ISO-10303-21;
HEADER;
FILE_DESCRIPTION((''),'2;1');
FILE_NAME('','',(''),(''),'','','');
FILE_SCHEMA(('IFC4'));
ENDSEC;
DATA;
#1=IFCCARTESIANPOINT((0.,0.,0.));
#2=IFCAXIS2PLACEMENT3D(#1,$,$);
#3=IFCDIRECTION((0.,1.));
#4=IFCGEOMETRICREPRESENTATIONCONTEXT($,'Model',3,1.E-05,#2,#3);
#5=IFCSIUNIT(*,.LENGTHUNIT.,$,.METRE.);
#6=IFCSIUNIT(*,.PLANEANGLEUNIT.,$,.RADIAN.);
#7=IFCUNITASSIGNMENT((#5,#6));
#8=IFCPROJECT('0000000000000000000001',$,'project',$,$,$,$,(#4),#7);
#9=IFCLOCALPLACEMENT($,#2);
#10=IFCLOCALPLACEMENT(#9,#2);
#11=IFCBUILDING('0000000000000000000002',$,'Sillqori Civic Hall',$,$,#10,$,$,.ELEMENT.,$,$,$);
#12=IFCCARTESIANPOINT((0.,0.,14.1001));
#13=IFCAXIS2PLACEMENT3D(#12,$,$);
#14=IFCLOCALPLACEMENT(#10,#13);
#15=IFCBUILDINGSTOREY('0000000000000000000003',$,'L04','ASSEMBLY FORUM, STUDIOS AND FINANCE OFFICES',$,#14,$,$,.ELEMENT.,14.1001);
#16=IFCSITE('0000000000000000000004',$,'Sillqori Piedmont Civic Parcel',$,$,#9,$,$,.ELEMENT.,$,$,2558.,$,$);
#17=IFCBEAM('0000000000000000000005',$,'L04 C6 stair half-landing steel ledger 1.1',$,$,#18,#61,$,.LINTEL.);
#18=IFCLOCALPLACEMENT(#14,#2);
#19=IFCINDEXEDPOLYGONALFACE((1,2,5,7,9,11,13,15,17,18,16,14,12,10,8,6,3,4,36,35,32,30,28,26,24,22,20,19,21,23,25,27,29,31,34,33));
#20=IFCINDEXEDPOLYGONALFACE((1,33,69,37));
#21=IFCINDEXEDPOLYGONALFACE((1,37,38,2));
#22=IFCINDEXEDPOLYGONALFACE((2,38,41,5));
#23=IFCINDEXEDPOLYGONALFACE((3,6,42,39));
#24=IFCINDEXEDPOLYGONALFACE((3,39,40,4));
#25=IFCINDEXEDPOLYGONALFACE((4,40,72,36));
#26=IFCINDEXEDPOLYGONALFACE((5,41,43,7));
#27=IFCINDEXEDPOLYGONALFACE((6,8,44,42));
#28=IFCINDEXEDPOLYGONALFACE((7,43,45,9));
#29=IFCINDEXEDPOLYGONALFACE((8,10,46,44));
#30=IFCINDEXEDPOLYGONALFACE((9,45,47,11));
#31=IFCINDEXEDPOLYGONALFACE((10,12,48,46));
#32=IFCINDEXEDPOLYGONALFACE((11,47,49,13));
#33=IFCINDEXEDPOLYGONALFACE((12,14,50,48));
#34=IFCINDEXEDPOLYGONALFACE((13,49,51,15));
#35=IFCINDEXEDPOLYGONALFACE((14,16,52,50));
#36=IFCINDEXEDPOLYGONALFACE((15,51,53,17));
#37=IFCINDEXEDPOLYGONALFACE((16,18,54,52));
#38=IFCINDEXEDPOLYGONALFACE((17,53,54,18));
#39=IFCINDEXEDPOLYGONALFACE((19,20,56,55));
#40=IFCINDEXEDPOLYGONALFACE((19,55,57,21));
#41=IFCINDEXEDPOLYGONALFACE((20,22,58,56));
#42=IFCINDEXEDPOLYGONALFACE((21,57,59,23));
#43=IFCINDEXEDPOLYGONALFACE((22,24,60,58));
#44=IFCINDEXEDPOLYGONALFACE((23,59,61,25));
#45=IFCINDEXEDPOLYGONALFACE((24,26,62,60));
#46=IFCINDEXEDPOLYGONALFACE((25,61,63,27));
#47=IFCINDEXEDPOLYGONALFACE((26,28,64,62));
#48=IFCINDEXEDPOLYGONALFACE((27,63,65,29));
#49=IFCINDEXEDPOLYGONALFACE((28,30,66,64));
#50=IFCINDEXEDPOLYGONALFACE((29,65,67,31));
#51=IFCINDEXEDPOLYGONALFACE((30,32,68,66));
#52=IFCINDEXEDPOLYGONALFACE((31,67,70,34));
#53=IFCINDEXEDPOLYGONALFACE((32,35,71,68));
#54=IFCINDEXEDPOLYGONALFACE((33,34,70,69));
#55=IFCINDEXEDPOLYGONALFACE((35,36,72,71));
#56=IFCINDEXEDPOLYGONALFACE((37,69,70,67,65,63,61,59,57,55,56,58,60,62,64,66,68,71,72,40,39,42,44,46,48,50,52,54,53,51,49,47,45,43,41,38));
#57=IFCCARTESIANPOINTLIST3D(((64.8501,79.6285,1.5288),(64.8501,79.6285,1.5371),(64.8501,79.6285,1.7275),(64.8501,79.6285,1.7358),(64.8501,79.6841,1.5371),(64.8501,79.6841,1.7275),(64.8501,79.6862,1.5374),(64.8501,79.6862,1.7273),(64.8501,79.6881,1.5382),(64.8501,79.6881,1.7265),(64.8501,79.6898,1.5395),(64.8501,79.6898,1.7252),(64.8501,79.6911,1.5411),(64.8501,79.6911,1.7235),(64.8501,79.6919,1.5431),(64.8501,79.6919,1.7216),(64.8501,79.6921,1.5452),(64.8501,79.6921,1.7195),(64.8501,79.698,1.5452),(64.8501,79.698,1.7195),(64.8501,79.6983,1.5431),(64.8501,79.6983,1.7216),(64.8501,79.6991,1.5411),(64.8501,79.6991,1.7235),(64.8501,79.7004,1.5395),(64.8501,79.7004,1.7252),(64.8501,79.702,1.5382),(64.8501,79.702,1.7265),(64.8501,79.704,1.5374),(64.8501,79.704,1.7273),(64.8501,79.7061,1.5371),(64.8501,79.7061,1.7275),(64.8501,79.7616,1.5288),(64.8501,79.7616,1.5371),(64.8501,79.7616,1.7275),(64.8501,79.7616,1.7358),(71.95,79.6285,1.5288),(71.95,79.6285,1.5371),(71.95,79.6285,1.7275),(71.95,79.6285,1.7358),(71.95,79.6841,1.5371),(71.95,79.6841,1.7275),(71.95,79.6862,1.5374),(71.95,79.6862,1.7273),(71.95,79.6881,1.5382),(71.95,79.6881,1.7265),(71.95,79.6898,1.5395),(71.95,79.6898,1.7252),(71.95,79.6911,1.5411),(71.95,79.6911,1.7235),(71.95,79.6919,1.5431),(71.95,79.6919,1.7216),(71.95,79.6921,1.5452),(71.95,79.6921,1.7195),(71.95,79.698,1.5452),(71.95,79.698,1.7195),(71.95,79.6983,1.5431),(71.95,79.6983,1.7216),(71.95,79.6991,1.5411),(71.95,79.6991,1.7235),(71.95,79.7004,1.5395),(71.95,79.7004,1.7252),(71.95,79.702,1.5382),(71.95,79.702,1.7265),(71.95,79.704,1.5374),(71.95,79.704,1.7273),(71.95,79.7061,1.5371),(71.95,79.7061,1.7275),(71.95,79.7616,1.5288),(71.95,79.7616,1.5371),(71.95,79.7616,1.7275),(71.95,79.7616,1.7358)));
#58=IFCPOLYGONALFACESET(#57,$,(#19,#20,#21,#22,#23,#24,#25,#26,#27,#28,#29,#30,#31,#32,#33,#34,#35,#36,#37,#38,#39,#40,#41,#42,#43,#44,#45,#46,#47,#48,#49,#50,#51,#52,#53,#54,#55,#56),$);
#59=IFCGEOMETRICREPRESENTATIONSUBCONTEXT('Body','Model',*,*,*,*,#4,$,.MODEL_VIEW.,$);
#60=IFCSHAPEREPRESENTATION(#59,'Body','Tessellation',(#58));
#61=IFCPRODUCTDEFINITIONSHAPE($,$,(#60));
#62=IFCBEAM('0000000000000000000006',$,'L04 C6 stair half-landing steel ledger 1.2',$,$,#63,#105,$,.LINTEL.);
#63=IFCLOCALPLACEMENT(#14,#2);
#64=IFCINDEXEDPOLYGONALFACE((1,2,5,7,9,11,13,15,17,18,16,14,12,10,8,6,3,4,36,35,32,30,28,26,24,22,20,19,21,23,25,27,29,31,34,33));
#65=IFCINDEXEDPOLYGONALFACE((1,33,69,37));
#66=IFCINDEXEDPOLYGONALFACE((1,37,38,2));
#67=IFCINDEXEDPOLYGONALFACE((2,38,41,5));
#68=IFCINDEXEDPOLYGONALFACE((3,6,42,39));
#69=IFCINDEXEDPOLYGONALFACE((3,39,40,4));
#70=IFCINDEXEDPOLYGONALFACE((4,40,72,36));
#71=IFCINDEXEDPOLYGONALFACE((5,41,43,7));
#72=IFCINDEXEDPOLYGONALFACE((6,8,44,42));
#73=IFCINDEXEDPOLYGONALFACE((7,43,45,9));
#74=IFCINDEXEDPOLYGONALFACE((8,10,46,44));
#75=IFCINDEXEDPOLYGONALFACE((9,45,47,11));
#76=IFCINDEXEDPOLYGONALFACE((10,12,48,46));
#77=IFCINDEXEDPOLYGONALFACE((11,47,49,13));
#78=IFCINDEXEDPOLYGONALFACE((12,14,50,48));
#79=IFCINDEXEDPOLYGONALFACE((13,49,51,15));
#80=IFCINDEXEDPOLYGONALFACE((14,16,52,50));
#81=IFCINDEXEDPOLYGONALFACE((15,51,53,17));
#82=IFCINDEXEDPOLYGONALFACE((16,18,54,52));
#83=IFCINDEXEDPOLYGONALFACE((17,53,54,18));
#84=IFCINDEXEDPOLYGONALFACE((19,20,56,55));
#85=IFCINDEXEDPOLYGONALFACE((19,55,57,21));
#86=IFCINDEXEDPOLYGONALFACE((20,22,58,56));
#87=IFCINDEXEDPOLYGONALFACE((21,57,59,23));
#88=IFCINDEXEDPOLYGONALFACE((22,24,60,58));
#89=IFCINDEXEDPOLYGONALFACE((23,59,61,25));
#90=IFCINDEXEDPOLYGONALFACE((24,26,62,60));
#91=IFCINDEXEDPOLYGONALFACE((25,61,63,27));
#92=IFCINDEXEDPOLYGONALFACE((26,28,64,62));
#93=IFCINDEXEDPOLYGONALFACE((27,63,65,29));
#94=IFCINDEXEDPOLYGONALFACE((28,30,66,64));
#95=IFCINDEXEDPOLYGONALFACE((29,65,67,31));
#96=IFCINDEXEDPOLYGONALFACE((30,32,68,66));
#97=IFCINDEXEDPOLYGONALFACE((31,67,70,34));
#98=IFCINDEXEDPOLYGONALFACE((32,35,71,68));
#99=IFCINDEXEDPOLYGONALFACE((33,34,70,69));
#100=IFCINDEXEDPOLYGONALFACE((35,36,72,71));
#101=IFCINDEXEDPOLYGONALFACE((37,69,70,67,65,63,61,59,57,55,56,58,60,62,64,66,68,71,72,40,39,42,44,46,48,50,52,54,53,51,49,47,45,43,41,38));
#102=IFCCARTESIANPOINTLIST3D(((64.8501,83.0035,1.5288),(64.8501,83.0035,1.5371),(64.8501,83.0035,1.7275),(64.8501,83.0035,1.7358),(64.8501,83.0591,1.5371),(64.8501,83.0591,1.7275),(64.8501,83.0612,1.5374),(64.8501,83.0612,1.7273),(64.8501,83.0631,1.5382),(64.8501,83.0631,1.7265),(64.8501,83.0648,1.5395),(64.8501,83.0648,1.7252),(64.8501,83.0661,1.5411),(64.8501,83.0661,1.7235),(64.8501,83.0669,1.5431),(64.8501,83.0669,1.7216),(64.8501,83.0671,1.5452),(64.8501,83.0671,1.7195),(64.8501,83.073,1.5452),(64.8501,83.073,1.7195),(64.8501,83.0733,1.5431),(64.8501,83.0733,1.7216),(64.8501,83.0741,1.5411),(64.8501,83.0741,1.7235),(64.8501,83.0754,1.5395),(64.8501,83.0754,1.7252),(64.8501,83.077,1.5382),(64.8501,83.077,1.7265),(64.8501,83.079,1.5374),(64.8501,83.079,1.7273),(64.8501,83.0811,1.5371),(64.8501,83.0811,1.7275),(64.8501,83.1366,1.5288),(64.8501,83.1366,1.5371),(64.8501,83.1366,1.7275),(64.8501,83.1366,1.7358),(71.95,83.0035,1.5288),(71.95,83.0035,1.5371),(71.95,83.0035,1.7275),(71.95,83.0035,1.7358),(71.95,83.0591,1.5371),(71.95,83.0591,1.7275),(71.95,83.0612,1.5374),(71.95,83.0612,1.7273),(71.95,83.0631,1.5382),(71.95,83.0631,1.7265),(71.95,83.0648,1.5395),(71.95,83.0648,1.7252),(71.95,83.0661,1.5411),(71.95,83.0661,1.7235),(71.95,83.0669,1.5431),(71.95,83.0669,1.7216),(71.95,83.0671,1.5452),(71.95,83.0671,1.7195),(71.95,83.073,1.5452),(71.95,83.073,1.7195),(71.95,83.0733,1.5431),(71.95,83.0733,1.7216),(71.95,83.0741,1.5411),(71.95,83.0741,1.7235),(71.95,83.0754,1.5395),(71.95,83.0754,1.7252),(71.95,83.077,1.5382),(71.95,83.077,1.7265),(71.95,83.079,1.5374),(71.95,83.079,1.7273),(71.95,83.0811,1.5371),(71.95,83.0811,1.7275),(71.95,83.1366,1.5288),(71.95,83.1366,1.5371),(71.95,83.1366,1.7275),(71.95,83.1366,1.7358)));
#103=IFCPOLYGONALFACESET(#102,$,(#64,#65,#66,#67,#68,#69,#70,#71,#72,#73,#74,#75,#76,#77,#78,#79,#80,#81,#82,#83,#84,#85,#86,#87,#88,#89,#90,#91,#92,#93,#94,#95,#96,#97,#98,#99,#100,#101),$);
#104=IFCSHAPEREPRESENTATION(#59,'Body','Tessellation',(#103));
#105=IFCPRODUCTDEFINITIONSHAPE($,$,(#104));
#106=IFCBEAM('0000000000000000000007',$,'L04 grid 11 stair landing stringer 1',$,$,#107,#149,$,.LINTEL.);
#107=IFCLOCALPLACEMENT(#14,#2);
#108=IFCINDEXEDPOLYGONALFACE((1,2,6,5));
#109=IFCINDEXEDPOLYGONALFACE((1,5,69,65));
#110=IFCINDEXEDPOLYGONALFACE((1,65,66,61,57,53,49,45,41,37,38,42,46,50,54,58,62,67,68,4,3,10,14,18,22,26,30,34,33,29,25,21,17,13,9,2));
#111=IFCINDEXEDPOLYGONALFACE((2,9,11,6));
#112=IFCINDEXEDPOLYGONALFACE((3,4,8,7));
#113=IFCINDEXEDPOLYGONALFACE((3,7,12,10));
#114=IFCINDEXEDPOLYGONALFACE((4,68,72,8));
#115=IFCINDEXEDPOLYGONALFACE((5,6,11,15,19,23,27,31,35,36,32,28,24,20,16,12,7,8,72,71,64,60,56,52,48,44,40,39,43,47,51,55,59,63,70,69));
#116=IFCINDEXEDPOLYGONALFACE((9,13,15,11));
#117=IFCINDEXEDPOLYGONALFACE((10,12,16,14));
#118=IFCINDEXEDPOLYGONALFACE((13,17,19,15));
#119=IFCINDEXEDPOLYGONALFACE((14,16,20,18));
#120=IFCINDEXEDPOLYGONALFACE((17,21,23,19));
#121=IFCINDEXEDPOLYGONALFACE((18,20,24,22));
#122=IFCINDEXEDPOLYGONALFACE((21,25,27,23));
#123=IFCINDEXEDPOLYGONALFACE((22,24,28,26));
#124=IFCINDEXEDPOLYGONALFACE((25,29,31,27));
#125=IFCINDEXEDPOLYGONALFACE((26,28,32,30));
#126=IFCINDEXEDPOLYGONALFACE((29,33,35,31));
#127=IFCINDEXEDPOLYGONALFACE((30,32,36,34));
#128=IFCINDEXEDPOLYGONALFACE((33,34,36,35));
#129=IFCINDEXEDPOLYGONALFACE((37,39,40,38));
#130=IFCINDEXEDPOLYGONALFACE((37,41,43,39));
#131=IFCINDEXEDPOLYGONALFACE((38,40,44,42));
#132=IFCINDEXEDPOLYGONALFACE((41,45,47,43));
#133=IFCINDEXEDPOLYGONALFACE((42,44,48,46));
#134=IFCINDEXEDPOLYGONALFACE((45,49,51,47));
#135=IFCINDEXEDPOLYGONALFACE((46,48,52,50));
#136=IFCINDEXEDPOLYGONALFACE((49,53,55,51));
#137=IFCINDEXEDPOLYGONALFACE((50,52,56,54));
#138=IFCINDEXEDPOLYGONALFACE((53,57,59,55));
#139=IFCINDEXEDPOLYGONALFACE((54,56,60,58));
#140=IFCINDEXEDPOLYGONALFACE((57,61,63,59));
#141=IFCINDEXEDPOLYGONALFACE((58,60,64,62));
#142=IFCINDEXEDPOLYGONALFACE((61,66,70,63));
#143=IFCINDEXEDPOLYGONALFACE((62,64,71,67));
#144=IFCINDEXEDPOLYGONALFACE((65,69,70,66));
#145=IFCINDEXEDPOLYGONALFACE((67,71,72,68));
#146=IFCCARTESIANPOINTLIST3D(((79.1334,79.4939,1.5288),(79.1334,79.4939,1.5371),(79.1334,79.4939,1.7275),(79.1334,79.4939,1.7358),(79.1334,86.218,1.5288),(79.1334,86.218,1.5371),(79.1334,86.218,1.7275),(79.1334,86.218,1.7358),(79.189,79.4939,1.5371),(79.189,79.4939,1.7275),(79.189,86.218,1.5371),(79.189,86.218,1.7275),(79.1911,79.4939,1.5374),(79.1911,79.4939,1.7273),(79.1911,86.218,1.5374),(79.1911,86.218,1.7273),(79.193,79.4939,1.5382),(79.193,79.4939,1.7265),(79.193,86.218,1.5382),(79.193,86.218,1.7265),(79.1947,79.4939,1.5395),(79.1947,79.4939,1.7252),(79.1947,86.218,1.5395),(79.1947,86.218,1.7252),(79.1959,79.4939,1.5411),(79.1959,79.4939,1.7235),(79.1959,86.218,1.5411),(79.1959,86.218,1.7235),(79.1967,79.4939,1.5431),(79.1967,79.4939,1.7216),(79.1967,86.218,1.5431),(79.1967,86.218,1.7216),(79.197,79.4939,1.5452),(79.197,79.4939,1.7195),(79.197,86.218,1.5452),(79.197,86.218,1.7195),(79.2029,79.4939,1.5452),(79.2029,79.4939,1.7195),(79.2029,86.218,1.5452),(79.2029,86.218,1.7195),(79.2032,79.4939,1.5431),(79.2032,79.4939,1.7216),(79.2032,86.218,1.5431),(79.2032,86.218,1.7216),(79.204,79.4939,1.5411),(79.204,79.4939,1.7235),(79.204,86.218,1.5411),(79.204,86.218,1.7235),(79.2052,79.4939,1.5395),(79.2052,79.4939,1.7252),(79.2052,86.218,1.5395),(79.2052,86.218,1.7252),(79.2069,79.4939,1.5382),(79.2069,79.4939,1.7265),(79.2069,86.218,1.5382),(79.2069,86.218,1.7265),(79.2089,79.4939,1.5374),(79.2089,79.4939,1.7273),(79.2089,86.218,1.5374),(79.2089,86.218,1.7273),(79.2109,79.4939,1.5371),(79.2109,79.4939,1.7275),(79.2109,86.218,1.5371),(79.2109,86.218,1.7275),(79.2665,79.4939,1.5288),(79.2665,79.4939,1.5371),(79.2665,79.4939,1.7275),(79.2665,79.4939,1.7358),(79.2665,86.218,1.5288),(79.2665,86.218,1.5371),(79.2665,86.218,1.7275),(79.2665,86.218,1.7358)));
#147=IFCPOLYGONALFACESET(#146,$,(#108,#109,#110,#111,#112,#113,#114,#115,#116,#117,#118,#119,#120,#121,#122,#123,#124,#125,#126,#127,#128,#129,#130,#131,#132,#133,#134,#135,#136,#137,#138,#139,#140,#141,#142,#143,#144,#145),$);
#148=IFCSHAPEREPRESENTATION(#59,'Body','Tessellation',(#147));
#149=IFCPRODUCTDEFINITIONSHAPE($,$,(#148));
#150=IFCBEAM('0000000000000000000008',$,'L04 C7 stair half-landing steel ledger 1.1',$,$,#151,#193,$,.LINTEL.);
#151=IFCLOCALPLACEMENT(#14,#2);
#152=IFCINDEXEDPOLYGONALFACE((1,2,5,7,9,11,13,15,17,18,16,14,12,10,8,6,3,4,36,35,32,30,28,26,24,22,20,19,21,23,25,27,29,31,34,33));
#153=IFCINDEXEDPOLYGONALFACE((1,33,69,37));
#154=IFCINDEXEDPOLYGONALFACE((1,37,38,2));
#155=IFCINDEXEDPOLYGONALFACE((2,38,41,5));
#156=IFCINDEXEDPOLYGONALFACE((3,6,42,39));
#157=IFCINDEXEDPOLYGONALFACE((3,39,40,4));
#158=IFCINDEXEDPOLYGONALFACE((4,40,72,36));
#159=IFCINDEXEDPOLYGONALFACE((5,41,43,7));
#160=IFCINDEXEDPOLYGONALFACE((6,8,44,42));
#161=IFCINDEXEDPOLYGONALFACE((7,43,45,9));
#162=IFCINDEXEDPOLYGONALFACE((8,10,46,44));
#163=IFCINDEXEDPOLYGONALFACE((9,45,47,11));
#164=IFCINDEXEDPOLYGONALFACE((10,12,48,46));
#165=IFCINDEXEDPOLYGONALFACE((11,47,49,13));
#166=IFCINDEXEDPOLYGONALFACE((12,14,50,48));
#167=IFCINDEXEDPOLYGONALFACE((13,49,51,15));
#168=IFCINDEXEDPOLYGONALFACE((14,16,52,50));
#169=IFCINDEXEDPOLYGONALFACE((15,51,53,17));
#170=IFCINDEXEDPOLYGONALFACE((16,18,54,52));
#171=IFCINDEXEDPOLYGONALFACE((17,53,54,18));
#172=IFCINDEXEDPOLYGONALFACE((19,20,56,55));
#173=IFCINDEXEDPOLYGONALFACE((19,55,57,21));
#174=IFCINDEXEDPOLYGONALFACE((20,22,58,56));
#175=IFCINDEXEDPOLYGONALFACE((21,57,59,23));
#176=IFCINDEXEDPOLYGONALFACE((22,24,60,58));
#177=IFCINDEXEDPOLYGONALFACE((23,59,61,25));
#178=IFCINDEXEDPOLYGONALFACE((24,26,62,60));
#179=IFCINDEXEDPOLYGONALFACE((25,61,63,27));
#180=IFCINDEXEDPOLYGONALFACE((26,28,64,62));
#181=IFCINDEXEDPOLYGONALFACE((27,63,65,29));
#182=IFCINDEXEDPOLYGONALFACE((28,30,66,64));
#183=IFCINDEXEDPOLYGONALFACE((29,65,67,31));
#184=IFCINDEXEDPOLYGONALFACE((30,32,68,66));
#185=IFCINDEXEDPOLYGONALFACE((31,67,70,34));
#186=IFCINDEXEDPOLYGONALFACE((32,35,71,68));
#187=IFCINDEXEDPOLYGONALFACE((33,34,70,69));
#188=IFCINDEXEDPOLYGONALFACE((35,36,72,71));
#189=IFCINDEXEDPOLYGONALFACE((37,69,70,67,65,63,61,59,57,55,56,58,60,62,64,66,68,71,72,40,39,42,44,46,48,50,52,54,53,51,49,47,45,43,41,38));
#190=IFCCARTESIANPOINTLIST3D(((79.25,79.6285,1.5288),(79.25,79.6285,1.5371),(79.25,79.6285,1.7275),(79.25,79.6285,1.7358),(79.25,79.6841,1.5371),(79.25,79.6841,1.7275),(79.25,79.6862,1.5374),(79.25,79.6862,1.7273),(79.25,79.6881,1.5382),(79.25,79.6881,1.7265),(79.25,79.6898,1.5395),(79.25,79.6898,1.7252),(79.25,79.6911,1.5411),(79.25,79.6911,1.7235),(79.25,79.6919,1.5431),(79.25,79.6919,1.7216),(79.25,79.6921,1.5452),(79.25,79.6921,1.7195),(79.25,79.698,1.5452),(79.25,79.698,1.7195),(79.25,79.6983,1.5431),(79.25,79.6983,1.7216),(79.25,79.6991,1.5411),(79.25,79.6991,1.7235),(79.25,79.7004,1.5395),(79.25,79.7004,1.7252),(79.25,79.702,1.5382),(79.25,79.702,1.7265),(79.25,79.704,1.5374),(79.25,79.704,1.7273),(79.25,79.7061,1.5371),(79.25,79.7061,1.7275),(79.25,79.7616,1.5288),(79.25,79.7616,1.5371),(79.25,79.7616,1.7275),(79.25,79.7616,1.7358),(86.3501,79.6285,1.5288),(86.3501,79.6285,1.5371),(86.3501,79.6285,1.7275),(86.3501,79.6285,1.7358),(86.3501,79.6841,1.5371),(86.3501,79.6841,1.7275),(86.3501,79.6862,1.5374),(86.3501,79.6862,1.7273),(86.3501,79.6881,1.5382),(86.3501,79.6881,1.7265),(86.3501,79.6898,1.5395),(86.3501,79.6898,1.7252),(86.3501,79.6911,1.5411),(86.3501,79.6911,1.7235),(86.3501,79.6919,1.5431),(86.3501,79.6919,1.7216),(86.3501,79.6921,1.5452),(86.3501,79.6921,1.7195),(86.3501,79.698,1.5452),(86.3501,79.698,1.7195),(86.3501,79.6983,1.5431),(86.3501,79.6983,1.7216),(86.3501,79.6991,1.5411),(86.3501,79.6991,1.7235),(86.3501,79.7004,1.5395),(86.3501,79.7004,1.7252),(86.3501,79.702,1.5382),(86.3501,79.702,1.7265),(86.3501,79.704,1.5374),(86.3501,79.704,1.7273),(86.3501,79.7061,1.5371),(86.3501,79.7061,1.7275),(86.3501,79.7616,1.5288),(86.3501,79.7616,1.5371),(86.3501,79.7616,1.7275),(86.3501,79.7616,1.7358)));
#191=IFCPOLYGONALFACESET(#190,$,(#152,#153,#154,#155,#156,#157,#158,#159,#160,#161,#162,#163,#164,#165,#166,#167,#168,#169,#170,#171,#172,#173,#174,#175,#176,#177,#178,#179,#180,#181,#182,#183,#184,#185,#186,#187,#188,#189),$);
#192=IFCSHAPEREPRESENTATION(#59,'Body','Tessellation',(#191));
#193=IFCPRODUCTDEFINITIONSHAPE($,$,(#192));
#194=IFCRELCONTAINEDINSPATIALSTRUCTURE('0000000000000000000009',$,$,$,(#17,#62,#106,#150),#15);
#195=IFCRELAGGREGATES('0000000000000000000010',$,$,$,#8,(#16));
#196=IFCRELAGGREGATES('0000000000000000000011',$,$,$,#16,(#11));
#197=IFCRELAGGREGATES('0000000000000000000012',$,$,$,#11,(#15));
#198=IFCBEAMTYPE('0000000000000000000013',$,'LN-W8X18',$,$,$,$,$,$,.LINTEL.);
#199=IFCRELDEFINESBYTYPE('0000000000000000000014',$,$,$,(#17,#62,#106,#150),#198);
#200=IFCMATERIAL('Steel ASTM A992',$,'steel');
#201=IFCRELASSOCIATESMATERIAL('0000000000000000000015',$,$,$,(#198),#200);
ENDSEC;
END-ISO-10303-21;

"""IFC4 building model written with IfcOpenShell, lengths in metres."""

from ifc_helpers import new_model, si_unit, direction, frame, origin, origin_2d, place, context, subcontext, project, spatial, i_section, extrude, material, material_profile, profile_set, type_object, element, save


model = new_model("IFC4")

# Units and contexts
model_context = context("Model", 3, precision=1e-05, world=origin(), true_north=direction((0.0, 1.0)))
body_context = subcontext(model_context, "Body", "Model", "MODEL_VIEW")
ifc_project = project(units=[si_unit("LENGTHUNIT", "METRE"), si_unit("PLANEANGLEUNIT", "RADIAN")], contexts=[model_context])

# Site, building, storey
site_placement = place(None, origin())
site = spatial("IfcSite", under=ifc_project, at=site_placement, Name="Sillqori Piedmont Civic Parcel", CompositionType="ELEMENT", RefElevation=2558.0)
building_placement = place(site_placement, origin())
building = spatial("IfcBuilding", under=site, at=building_placement, Name="Sillqori Civic Hall", CompositionType="ELEMENT")
storey_placement = place(building_placement, frame((0.0, 0.0, 14.1001)))
storey = spatial("IfcBuildingStorey", under=building, at=storey_placement, Name="L04", Description="ASSEMBLY FORUM, STUDIOS AND FINANCE OFFICES", CompositionType="ELEMENT", Elevation=14.1001)

# Shared definitions
ifc_material_1 = material(Name="Steel ASTM A992", Category="steel")

# Beams
ifc_material_profile_1 = material_profile(ifc_material_1, i_section(OverallWidth=0.1331, OverallDepth=0.207, WebThickness=0.0059, FlangeThickness=0.0083, FilletRadius=0.0081, at=origin_2d()), Name="W8X18")
ifc_profile_set_1 = profile_set([ifc_material_profile_1], Name="Steel ASTM A992")
beam_type_1 = type_object("IfcBeamType", Name="LN-W8X18", PredefinedType="LINTEL", material=ifc_profile_set_1)
for number, where, z_axis, x_axis, name in (
    (1, (64.8501, 79.6951, 1.6323), (1.0, 0.0, 0.0), (0.0, 1.0, 0.0), "L04 C6 stair half-landing steel ledger 1.1"),
    (2, (64.8501, 83.0701, 1.6323), (1.0, 0.0, 0.0), (0.0, 1.0, 0.0), "L04 C6 stair half-landing steel ledger 1.2"),
):
    element("IfcBeam", number, at=place(storey_placement, frame(where, z_axis=z_axis, x_axis=x_axis)), inside=storey, type_object=beam_type_1, Name=name, PredefinedType="LINTEL", context=body_context, shape_type="SweptSolid", body=[
        extrude(i_section(OverallWidth=0.1331, OverallDepth=0.207, WebThickness=0.0059, FlangeThickness=0.0083, FilletRadius=0.0081, at=origin_2d()), origin(), (0.0, 0.0, 1.0), 7.0999),
    ])
beam_placement = place(storey_placement, frame((79.2, 79.4939, 1.6323), z_axis=(0.0, 1.0, 0.0), x_axis=(-1.0, 0.0, 0.0)))
element("IfcBeam", 3, at=beam_placement, inside=storey, type_object=beam_type_1, Name="L04 grid 11 stair landing stringer 1", PredefinedType="LINTEL", context=body_context, shape_type="SweptSolid", body=[
    extrude(i_section(OverallWidth=0.1331, OverallDepth=0.207, WebThickness=0.0059, FlangeThickness=0.0083, FilletRadius=0.0081, at=origin_2d()), origin(), (0.0, 0.0, 1.0), 6.7241),
])
for number, where, z_axis, x_axis, name in (
    (4, (79.25, 79.6951, 1.6323), (1.0, 0.0, 0.0), (0.0, 1.0, 0.0), "L04 C7 stair half-landing steel ledger 1.1"),
):
    element("IfcBeam", number, at=place(storey_placement, frame(where, z_axis=z_axis, x_axis=x_axis)), inside=storey, type_object=beam_type_1, Name=name, PredefinedType="LINTEL", context=body_context, shape_type="SweptSolid", body=[
        extrude(i_section(OverallWidth=0.1331, OverallDepth=0.207, WebThickness=0.0059, FlangeThickness=0.0083, FilletRadius=0.0081, at=origin_2d()), origin(), (0.0, 0.0, 1.0), 7.1001),
    ])

save(model, "model.ifc")
